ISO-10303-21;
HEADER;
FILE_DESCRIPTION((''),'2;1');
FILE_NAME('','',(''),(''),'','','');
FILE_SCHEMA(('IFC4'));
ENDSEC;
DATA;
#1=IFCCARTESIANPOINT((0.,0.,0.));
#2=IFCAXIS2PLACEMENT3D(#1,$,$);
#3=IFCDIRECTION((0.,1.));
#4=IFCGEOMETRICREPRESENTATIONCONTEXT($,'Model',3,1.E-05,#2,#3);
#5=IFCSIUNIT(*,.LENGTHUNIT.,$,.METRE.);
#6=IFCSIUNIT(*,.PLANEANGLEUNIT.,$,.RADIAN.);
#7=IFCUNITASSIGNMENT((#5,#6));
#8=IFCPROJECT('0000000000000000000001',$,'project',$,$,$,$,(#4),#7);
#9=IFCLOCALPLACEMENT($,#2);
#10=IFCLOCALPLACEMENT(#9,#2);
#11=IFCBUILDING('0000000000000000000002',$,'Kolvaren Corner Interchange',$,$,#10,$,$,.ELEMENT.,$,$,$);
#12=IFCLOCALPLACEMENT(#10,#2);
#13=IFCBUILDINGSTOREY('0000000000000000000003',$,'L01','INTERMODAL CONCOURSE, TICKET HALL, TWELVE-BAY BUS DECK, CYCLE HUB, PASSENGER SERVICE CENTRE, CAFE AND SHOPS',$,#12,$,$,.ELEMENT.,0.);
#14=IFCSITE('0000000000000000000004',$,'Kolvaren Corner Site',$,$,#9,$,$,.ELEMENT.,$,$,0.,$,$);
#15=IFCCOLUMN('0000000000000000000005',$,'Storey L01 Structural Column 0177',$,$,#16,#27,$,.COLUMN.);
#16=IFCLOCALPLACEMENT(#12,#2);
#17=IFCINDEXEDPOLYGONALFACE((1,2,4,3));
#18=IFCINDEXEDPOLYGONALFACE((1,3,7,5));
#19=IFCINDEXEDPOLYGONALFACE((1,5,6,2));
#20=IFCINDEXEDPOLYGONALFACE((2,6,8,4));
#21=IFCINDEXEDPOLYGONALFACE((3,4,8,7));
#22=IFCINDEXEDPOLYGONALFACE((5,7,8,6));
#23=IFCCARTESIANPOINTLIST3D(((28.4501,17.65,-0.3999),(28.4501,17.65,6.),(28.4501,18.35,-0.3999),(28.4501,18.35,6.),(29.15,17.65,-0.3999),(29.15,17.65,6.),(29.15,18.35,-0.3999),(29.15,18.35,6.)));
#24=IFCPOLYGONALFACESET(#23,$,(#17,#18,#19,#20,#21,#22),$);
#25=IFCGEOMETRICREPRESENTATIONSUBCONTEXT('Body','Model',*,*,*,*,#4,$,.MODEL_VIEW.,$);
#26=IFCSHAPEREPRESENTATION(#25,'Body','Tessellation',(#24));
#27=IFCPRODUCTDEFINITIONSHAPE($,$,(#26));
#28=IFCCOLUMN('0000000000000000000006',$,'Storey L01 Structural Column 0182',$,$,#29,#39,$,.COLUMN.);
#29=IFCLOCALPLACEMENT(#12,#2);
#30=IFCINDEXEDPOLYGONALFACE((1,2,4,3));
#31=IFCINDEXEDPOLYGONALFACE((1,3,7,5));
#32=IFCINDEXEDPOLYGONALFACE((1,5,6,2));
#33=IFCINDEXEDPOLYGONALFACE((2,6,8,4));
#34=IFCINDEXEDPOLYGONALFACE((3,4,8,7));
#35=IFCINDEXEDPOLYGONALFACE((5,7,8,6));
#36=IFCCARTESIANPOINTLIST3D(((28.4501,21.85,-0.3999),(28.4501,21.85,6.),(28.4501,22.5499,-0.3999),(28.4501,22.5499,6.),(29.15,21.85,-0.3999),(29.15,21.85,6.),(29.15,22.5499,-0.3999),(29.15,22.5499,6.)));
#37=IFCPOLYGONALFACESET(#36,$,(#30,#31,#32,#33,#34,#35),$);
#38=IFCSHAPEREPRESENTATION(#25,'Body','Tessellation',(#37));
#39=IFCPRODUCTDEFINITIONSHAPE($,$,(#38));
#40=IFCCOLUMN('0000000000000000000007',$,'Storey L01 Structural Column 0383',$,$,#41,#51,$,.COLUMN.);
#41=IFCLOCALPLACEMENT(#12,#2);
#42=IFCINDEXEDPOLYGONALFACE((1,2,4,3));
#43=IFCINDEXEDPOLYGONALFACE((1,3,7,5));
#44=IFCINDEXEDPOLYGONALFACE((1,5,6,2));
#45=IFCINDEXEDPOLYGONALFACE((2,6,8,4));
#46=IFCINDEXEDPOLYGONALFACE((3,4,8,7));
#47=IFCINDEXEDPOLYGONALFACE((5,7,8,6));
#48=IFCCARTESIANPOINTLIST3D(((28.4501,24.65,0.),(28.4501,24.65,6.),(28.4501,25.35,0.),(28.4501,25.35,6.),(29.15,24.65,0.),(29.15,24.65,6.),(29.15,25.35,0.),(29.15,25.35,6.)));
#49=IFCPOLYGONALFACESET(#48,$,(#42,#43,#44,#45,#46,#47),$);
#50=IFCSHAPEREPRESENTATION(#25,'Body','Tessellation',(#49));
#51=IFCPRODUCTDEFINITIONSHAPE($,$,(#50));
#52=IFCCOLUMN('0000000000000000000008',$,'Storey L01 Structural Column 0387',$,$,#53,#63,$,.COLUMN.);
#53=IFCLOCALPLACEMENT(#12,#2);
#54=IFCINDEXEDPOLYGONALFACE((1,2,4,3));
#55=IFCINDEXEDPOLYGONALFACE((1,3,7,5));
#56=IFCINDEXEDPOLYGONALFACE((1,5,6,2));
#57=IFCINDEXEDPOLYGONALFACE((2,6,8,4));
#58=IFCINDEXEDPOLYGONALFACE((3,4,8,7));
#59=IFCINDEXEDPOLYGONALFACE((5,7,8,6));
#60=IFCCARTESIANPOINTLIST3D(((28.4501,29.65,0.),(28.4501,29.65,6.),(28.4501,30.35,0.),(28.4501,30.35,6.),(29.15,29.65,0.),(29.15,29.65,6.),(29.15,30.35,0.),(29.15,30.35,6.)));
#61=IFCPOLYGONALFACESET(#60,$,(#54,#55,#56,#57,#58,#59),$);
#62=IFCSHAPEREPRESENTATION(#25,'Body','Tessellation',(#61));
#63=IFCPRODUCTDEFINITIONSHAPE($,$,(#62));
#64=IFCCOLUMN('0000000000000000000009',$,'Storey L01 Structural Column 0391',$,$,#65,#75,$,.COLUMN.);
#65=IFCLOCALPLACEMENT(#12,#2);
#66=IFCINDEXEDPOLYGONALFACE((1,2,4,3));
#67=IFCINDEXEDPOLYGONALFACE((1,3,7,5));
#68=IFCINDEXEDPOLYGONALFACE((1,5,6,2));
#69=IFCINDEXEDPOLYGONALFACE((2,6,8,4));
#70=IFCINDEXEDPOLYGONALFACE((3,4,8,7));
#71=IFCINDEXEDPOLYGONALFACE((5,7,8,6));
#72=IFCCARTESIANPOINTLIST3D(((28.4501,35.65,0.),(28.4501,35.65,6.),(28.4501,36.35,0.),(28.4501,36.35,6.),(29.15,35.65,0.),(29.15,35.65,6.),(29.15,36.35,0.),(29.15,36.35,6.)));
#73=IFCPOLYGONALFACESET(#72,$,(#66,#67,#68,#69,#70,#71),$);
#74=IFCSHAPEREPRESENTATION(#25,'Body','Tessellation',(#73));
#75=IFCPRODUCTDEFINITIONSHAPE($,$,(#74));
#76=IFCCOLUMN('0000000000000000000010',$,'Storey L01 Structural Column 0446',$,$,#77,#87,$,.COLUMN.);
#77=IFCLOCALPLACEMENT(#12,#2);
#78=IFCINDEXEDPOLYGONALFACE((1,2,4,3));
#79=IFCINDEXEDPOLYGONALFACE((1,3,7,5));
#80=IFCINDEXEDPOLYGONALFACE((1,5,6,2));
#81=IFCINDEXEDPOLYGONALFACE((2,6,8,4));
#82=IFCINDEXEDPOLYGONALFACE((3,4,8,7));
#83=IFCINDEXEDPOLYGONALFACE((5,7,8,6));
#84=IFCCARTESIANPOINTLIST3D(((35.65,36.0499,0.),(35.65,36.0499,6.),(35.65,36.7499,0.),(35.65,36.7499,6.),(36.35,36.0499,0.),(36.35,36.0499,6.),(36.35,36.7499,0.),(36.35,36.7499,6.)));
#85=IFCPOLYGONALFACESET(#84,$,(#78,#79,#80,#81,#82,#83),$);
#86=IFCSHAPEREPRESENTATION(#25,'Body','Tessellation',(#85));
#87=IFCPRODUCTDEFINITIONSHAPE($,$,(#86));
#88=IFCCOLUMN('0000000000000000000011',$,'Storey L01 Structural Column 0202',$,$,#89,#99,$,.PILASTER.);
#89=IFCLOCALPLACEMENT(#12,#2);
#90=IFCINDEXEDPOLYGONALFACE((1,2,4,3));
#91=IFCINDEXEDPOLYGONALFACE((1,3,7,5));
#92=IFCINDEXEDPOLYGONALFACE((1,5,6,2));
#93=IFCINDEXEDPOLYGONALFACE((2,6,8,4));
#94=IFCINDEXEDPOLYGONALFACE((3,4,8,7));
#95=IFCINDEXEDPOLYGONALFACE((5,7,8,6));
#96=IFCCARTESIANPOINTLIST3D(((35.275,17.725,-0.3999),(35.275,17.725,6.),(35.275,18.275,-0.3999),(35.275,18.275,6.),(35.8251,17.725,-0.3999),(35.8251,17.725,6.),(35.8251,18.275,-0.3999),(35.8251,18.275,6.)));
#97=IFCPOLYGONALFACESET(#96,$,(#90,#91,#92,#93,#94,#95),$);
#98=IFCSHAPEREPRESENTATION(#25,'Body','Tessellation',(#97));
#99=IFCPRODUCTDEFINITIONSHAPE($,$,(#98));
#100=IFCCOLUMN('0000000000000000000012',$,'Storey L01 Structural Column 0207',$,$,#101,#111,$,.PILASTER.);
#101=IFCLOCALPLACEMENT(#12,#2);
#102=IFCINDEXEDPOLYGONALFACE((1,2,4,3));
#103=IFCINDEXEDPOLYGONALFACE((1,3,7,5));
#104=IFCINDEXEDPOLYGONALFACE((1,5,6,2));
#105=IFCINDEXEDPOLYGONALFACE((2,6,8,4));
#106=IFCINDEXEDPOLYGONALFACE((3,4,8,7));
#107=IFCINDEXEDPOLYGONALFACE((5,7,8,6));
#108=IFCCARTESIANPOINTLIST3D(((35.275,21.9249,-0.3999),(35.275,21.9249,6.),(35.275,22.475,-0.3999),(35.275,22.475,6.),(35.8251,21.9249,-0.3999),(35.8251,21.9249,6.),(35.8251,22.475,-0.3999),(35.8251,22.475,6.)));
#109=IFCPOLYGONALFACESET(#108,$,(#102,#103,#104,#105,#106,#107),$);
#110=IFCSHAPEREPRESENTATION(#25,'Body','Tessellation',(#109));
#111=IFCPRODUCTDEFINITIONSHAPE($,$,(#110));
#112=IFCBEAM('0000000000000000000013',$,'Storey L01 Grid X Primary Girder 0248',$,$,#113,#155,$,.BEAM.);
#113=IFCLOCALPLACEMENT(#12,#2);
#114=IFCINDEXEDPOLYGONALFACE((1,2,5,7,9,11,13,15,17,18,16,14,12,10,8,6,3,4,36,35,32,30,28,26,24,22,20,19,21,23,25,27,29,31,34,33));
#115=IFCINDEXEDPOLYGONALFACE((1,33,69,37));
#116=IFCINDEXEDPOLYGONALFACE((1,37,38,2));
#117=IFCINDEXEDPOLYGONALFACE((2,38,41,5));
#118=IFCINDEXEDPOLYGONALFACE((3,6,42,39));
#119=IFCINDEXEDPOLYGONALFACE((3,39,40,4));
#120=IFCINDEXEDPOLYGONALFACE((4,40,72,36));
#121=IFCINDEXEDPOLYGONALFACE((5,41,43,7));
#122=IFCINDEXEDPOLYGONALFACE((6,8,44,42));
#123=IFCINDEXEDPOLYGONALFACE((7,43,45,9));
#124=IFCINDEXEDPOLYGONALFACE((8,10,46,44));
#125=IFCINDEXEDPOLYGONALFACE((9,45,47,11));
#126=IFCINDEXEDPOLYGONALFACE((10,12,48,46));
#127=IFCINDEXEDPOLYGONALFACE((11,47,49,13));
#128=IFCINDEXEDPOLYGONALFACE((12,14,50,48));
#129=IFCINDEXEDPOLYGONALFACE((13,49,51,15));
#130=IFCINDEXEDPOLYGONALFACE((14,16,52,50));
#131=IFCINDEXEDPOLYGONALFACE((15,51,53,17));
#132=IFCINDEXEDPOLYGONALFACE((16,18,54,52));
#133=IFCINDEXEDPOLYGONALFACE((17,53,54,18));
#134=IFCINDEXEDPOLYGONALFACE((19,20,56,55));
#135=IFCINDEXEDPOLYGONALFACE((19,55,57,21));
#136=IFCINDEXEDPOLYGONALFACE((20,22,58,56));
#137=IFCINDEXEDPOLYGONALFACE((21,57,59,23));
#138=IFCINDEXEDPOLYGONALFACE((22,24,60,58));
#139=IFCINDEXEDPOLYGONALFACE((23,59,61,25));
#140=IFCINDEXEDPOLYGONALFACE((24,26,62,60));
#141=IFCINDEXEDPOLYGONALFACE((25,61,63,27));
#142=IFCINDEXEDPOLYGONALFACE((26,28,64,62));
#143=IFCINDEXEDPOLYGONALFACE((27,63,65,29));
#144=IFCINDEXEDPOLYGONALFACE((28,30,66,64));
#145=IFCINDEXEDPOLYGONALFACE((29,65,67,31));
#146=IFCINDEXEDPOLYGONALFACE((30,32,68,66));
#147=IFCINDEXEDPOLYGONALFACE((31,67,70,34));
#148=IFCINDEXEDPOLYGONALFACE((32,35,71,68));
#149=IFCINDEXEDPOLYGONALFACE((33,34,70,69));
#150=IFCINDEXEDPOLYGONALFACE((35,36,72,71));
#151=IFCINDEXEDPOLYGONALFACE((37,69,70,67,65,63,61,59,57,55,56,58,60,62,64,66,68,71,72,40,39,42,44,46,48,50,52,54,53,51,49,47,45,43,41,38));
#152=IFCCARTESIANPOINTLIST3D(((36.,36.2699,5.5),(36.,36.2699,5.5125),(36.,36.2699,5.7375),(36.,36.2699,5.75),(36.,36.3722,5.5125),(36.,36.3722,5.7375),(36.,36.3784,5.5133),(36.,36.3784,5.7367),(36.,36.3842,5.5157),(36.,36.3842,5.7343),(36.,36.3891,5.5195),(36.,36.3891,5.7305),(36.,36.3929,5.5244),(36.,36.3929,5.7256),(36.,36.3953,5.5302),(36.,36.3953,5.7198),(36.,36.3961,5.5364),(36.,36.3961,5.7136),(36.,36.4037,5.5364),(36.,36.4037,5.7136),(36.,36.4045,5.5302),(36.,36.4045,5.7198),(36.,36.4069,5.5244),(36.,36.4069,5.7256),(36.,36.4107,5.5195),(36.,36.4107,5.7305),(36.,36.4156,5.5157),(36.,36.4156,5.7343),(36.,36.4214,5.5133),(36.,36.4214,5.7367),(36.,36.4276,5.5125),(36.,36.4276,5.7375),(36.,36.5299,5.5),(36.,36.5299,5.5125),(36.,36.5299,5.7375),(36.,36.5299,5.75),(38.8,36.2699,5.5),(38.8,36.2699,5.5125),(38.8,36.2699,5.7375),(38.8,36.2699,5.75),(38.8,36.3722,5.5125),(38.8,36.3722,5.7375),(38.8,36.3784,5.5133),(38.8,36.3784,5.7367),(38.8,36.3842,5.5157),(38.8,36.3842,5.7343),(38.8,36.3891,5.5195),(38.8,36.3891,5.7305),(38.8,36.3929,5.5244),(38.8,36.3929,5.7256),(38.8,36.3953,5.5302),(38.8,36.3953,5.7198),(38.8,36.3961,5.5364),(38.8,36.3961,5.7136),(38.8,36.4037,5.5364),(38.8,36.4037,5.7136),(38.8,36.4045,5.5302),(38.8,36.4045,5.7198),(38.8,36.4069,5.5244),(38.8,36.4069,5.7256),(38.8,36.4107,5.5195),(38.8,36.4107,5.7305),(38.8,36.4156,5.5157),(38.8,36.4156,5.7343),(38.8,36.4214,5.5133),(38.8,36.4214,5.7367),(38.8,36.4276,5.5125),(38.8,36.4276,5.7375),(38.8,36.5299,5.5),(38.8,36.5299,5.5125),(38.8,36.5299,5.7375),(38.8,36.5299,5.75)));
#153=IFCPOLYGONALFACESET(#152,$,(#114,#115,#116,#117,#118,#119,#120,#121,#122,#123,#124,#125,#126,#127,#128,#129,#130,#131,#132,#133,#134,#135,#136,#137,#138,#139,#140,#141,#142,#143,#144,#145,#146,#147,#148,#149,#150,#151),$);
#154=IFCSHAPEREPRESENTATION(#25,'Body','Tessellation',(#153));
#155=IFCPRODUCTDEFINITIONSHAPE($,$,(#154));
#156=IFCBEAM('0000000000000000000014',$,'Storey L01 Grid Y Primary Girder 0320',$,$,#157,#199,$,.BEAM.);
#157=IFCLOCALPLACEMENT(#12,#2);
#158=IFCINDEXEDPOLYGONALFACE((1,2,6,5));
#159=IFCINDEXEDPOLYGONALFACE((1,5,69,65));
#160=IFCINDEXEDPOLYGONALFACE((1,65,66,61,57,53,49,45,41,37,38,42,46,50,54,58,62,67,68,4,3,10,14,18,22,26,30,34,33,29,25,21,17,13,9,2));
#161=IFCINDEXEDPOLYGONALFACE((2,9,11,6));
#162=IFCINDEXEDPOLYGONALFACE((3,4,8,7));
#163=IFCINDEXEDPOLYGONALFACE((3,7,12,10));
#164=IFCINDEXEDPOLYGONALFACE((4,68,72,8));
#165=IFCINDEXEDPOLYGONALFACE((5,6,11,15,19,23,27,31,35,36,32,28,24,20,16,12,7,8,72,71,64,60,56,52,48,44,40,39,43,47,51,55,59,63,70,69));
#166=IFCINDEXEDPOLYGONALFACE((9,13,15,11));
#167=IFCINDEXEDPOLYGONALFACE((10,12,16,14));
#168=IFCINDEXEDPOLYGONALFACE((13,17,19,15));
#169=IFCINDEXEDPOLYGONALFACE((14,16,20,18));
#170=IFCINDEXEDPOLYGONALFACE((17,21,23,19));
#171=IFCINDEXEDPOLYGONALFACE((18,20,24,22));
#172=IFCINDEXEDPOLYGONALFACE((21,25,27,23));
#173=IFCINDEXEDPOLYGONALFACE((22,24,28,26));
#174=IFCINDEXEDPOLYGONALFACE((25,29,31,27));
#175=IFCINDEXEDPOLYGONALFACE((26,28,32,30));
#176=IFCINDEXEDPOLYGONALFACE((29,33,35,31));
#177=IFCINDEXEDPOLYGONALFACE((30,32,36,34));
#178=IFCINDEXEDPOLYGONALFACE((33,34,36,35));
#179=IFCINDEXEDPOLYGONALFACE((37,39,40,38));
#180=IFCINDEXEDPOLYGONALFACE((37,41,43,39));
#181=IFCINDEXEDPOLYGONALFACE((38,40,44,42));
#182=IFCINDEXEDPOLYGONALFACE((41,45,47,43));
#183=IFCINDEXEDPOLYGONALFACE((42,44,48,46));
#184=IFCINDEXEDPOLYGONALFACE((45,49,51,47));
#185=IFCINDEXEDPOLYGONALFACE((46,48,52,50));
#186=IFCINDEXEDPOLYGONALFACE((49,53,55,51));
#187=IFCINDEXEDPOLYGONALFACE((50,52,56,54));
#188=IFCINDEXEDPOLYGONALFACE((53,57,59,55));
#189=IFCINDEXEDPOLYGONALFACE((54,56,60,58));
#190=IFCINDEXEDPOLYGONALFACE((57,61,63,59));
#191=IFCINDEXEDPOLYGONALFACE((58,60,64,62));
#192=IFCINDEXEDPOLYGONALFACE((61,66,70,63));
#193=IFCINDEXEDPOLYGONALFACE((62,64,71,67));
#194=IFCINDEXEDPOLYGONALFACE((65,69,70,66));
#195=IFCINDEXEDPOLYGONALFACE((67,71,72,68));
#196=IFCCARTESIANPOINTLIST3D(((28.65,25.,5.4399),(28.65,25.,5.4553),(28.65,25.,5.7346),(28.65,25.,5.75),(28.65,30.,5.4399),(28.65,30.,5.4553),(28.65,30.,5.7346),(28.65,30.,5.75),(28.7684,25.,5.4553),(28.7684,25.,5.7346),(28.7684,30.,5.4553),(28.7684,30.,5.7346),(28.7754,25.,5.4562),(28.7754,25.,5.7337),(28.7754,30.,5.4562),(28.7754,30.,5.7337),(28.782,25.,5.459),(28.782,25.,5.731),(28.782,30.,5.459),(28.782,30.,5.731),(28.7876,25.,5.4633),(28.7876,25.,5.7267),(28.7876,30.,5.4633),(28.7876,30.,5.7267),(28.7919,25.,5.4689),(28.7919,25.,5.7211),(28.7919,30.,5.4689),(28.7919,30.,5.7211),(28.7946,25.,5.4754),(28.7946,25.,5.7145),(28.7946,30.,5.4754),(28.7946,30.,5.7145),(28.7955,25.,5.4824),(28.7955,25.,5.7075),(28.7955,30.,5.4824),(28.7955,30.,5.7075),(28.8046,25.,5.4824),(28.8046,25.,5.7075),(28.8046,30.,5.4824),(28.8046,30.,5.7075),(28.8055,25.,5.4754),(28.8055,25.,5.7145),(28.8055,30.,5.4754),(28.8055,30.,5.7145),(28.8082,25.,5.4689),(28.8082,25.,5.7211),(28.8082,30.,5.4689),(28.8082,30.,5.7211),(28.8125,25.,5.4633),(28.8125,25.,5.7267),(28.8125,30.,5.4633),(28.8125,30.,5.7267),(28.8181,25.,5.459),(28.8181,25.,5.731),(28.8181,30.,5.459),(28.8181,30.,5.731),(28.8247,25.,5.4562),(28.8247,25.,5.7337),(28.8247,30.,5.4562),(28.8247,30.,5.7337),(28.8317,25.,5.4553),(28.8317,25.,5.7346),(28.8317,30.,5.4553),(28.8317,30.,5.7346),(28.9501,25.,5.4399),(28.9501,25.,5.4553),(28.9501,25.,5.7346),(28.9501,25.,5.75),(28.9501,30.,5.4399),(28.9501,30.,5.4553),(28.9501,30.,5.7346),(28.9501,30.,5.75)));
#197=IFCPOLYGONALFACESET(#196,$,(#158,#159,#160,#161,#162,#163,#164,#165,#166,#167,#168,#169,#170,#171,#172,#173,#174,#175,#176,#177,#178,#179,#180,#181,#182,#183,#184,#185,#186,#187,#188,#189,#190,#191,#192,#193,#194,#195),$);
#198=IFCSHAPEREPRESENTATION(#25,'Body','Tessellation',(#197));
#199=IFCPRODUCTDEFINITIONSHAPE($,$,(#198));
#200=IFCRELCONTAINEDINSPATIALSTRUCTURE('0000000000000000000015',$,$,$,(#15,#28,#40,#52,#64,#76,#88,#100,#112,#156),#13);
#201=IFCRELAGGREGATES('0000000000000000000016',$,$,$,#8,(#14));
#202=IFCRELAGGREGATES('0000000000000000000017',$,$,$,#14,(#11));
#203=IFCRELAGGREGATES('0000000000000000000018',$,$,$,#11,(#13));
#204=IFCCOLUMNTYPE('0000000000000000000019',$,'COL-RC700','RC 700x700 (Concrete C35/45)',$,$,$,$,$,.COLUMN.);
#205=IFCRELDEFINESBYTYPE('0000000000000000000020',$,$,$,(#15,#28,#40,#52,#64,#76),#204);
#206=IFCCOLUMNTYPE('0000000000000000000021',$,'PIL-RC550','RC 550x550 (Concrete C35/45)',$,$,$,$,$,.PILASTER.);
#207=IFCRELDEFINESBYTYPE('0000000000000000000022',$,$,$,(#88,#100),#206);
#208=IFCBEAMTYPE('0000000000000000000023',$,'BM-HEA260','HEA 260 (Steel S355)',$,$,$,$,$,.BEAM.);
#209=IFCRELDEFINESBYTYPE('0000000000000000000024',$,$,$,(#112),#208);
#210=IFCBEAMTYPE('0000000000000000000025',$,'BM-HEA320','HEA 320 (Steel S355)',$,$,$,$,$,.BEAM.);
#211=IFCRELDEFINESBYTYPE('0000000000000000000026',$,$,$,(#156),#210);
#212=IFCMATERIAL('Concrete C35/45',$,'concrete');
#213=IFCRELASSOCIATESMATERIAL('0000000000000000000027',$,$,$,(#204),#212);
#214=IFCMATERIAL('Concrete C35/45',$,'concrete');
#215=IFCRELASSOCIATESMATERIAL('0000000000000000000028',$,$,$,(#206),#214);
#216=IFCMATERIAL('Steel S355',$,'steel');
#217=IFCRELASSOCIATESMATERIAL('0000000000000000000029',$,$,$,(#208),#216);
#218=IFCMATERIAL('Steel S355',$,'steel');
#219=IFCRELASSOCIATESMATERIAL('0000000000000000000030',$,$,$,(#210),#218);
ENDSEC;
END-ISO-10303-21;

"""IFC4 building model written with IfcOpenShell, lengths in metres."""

from ifc_helpers import new_model, si_unit, direction, frame, origin, origin_2d, place, context, subcontext, project, spatial, rectangle, i_section, extrude, material, material_profile, profile_set, type_object, element, save


model = new_model("IFC4")

# Units and contexts
model_context = context("Model", 3, precision=1e-05, world=origin(), true_north=direction((0.0, 1.0)))
body_context = subcontext(model_context, "Body", "Model", "MODEL_VIEW")
ifc_project = project(units=[si_unit("LENGTHUNIT", "METRE"), si_unit("PLANEANGLEUNIT", "RADIAN")], contexts=[model_context])

# Site, building, storey
site_placement = place(None, origin())
site = spatial("IfcSite", under=ifc_project, at=site_placement, Name="Kolvaren Corner Site", CompositionType="ELEMENT", RefElevation=0.0)
building_placement = place(site_placement, origin())
building = spatial("IfcBuilding", under=site, at=building_placement, Name="Kolvaren Corner Interchange", CompositionType="ELEMENT")
storey_placement = place(building_placement, origin())
storey = spatial("IfcBuildingStorey", under=building, at=storey_placement, Name="L01", Description="INTERMODAL CONCOURSE, TICKET HALL, TWELVE-BAY BUS DECK, CYCLE HUB, PASSENGER SERVICE CENTRE, CAFE AND SHOPS", CompositionType="ELEMENT", Elevation=0.0)

# Columns
ifc_material_1 = material(Name="Concrete C35/45", Category="concrete")
ifc_material_profile_1 = material_profile(ifc_material_1, rectangle(XDim=0.7, YDim=0.7, at=origin_2d()), Name="RC 700x700")
ifc_profile_set_1 = profile_set([ifc_material_profile_1], Name="Concrete C35/45")
column_type_1 = type_object("IfcColumnType", Name="COL-RC700", Description="RC 700x700 (Concrete C35/45)", PredefinedType="COLUMN", material=ifc_profile_set_1)
for number, where, z_axis, x_axis, name in (
    (1, (28.8, 18.0, -0.3999), (0.0, 0.0, 1.0), (1.0, 0.0, 0.0), "Storey L01 Structural Column 0177"),
    (2, (28.8, 22.2, -0.3999), (0.0, 0.0, 1.0), (1.0, 0.0, 0.0), "Storey L01 Structural Column 0182"),
):
    element("IfcColumn", number, at=place(storey_placement, frame(where, z_axis=z_axis, x_axis=x_axis)), inside=storey, type_object=column_type_1, Name=name, PredefinedType="COLUMN", context=body_context, shape_type="SweptSolid", body=[
        extrude(rectangle(XDim=0.7, YDim=0.7, at=origin_2d()), origin(), (0.0, 0.0, 1.0), 6.3999),
    ])
for number, where, z_axis, x_axis, name in (
    (3, (28.8, 25.0, 0.0), (0.0, 0.0, 1.0), (1.0, 0.0, 0.0), "Storey L01 Structural Column 0383"),
    (4, (28.8, 30.0, 0.0), (0.0, 0.0, 1.0), (1.0, 0.0, 0.0), "Storey L01 Structural Column 0387"),
    (5, (28.8, 36.0, 0.0), (0.0, 0.0, 1.0), (1.0, 0.0, 0.0), "Storey L01 Structural Column 0391"),
    (6, (36.0, 36.3999, 0.0), (0.0, 0.0, 1.0), (1.0, 0.0, 0.0), "Storey L01 Structural Column 0446"),
):
    element("IfcColumn", number, at=place(storey_placement, frame(where, z_axis=z_axis, x_axis=x_axis)), inside=storey, type_object=column_type_1, Name=name, PredefinedType="COLUMN", context=body_context, shape_type="SweptSolid", body=[
        extrude(rectangle(XDim=0.7, YDim=0.7, at=origin_2d()), origin(), (0.0, 0.0, 1.0), 6.0),
    ])
ifc_material_2 = material(Name="Concrete C35/45", Category="concrete")
ifc_material_profile_2 = material_profile(ifc_material_2, rectangle(XDim=0.55, YDim=0.55, at=origin_2d()), Name="RC 550x550")
ifc_profile_set_2 = profile_set([ifc_material_profile_2], Name="Concrete C35/45")
column_type_2 = type_object("IfcColumnType", Name="PIL-RC550", Description="RC 550x550 (Concrete C35/45)", PredefinedType="PILASTER", material=ifc_profile_set_2)
for number, where, z_axis, x_axis, name in (
    (7, (35.55, 18.0, -0.3999), (0.0, 0.0, 1.0), (1.0, 0.0, 0.0), "Storey L01 Structural Column 0202"),
    (8, (35.55, 22.2, -0.3999), (0.0, 0.0, 1.0), (1.0, 0.0, 0.0), "Storey L01 Structural Column 0207"),
):
    element("IfcColumn", number, at=place(storey_placement, frame(where, z_axis=z_axis, x_axis=x_axis)), inside=storey, type_object=column_type_2, Name=name, PredefinedType="PILASTER", context=body_context, shape_type="SweptSolid", body=[
        extrude(rectangle(XDim=0.55, YDim=0.55, at=origin_2d()), origin(), (0.0, 0.0, 1.0), 6.3999),
    ])

# Beams
ifc_material_3 = material(Name="Steel S355", Category="steel")
ifc_material_profile_3 = material_profile(ifc_material_3, i_section(OverallWidth=0.26, OverallDepth=0.25, WebThickness=0.0076, FlangeThickness=0.0125, FilletRadius=0.0239, at=origin_2d()), Name="HEA 260")
ifc_profile_set_3 = profile_set([ifc_material_profile_3], Name="Steel S355")
beam_type_1 = type_object("IfcBeamType", Name="BM-HEA260", Description="HEA 260 (Steel S355)", PredefinedType="BEAM", material=ifc_profile_set_3)
beam_1_placement = place(storey_placement, frame((36.0, 36.3999, 5.625), z_axis=(1.0, 0.0, 0.0), x_axis=(0.0, 1.0, 0.0)))
element("IfcBeam", 9, at=beam_1_placement, inside=storey, type_object=beam_type_1, Name="Storey L01 Grid X Primary Girder 0248", PredefinedType="BEAM", context=body_context, shape_type="SweptSolid", body=[
    extrude(i_section(OverallWidth=0.26, OverallDepth=0.25, WebThickness=0.0076, FlangeThickness=0.0125, FilletRadius=0.0239, at=origin_2d()), origin(), (0.0, 0.0, 1.0), 2.8),
])
ifc_material_4 = material(Name="Steel S355", Category="steel")
ifc_material_profile_4 = material_profile(ifc_material_4, i_section(OverallWidth=0.3, OverallDepth=0.3101, WebThickness=0.009, FlangeThickness=0.0154, FilletRadius=0.0271, at=origin_2d()), Name="HEA 320")
ifc_profile_set_4 = profile_set([ifc_material_profile_4], Name="Steel S355")
beam_type_2 = type_object("IfcBeamType", Name="BM-HEA320", Description="HEA 320 (Steel S355)", PredefinedType="BEAM", material=ifc_profile_set_4)
beam_2_placement = place(storey_placement, frame((28.8, 25.0, 5.595), z_axis=(0.0, 1.0, 0.0), x_axis=(-1.0, 0.0, 0.0)))
element("IfcBeam", 10, at=beam_2_placement, inside=storey, type_object=beam_type_2, Name="Storey L01 Grid Y Primary Girder 0320", PredefinedType="BEAM", context=body_context, shape_type="SweptSolid", body=[
    extrude(i_section(OverallWidth=0.3, OverallDepth=0.3101, WebThickness=0.009, FlangeThickness=0.0154, FilletRadius=0.0271, at=origin_2d()), origin(), (0.0, 0.0, 1.0), 5.0),
])

save(model, "model.ifc")
